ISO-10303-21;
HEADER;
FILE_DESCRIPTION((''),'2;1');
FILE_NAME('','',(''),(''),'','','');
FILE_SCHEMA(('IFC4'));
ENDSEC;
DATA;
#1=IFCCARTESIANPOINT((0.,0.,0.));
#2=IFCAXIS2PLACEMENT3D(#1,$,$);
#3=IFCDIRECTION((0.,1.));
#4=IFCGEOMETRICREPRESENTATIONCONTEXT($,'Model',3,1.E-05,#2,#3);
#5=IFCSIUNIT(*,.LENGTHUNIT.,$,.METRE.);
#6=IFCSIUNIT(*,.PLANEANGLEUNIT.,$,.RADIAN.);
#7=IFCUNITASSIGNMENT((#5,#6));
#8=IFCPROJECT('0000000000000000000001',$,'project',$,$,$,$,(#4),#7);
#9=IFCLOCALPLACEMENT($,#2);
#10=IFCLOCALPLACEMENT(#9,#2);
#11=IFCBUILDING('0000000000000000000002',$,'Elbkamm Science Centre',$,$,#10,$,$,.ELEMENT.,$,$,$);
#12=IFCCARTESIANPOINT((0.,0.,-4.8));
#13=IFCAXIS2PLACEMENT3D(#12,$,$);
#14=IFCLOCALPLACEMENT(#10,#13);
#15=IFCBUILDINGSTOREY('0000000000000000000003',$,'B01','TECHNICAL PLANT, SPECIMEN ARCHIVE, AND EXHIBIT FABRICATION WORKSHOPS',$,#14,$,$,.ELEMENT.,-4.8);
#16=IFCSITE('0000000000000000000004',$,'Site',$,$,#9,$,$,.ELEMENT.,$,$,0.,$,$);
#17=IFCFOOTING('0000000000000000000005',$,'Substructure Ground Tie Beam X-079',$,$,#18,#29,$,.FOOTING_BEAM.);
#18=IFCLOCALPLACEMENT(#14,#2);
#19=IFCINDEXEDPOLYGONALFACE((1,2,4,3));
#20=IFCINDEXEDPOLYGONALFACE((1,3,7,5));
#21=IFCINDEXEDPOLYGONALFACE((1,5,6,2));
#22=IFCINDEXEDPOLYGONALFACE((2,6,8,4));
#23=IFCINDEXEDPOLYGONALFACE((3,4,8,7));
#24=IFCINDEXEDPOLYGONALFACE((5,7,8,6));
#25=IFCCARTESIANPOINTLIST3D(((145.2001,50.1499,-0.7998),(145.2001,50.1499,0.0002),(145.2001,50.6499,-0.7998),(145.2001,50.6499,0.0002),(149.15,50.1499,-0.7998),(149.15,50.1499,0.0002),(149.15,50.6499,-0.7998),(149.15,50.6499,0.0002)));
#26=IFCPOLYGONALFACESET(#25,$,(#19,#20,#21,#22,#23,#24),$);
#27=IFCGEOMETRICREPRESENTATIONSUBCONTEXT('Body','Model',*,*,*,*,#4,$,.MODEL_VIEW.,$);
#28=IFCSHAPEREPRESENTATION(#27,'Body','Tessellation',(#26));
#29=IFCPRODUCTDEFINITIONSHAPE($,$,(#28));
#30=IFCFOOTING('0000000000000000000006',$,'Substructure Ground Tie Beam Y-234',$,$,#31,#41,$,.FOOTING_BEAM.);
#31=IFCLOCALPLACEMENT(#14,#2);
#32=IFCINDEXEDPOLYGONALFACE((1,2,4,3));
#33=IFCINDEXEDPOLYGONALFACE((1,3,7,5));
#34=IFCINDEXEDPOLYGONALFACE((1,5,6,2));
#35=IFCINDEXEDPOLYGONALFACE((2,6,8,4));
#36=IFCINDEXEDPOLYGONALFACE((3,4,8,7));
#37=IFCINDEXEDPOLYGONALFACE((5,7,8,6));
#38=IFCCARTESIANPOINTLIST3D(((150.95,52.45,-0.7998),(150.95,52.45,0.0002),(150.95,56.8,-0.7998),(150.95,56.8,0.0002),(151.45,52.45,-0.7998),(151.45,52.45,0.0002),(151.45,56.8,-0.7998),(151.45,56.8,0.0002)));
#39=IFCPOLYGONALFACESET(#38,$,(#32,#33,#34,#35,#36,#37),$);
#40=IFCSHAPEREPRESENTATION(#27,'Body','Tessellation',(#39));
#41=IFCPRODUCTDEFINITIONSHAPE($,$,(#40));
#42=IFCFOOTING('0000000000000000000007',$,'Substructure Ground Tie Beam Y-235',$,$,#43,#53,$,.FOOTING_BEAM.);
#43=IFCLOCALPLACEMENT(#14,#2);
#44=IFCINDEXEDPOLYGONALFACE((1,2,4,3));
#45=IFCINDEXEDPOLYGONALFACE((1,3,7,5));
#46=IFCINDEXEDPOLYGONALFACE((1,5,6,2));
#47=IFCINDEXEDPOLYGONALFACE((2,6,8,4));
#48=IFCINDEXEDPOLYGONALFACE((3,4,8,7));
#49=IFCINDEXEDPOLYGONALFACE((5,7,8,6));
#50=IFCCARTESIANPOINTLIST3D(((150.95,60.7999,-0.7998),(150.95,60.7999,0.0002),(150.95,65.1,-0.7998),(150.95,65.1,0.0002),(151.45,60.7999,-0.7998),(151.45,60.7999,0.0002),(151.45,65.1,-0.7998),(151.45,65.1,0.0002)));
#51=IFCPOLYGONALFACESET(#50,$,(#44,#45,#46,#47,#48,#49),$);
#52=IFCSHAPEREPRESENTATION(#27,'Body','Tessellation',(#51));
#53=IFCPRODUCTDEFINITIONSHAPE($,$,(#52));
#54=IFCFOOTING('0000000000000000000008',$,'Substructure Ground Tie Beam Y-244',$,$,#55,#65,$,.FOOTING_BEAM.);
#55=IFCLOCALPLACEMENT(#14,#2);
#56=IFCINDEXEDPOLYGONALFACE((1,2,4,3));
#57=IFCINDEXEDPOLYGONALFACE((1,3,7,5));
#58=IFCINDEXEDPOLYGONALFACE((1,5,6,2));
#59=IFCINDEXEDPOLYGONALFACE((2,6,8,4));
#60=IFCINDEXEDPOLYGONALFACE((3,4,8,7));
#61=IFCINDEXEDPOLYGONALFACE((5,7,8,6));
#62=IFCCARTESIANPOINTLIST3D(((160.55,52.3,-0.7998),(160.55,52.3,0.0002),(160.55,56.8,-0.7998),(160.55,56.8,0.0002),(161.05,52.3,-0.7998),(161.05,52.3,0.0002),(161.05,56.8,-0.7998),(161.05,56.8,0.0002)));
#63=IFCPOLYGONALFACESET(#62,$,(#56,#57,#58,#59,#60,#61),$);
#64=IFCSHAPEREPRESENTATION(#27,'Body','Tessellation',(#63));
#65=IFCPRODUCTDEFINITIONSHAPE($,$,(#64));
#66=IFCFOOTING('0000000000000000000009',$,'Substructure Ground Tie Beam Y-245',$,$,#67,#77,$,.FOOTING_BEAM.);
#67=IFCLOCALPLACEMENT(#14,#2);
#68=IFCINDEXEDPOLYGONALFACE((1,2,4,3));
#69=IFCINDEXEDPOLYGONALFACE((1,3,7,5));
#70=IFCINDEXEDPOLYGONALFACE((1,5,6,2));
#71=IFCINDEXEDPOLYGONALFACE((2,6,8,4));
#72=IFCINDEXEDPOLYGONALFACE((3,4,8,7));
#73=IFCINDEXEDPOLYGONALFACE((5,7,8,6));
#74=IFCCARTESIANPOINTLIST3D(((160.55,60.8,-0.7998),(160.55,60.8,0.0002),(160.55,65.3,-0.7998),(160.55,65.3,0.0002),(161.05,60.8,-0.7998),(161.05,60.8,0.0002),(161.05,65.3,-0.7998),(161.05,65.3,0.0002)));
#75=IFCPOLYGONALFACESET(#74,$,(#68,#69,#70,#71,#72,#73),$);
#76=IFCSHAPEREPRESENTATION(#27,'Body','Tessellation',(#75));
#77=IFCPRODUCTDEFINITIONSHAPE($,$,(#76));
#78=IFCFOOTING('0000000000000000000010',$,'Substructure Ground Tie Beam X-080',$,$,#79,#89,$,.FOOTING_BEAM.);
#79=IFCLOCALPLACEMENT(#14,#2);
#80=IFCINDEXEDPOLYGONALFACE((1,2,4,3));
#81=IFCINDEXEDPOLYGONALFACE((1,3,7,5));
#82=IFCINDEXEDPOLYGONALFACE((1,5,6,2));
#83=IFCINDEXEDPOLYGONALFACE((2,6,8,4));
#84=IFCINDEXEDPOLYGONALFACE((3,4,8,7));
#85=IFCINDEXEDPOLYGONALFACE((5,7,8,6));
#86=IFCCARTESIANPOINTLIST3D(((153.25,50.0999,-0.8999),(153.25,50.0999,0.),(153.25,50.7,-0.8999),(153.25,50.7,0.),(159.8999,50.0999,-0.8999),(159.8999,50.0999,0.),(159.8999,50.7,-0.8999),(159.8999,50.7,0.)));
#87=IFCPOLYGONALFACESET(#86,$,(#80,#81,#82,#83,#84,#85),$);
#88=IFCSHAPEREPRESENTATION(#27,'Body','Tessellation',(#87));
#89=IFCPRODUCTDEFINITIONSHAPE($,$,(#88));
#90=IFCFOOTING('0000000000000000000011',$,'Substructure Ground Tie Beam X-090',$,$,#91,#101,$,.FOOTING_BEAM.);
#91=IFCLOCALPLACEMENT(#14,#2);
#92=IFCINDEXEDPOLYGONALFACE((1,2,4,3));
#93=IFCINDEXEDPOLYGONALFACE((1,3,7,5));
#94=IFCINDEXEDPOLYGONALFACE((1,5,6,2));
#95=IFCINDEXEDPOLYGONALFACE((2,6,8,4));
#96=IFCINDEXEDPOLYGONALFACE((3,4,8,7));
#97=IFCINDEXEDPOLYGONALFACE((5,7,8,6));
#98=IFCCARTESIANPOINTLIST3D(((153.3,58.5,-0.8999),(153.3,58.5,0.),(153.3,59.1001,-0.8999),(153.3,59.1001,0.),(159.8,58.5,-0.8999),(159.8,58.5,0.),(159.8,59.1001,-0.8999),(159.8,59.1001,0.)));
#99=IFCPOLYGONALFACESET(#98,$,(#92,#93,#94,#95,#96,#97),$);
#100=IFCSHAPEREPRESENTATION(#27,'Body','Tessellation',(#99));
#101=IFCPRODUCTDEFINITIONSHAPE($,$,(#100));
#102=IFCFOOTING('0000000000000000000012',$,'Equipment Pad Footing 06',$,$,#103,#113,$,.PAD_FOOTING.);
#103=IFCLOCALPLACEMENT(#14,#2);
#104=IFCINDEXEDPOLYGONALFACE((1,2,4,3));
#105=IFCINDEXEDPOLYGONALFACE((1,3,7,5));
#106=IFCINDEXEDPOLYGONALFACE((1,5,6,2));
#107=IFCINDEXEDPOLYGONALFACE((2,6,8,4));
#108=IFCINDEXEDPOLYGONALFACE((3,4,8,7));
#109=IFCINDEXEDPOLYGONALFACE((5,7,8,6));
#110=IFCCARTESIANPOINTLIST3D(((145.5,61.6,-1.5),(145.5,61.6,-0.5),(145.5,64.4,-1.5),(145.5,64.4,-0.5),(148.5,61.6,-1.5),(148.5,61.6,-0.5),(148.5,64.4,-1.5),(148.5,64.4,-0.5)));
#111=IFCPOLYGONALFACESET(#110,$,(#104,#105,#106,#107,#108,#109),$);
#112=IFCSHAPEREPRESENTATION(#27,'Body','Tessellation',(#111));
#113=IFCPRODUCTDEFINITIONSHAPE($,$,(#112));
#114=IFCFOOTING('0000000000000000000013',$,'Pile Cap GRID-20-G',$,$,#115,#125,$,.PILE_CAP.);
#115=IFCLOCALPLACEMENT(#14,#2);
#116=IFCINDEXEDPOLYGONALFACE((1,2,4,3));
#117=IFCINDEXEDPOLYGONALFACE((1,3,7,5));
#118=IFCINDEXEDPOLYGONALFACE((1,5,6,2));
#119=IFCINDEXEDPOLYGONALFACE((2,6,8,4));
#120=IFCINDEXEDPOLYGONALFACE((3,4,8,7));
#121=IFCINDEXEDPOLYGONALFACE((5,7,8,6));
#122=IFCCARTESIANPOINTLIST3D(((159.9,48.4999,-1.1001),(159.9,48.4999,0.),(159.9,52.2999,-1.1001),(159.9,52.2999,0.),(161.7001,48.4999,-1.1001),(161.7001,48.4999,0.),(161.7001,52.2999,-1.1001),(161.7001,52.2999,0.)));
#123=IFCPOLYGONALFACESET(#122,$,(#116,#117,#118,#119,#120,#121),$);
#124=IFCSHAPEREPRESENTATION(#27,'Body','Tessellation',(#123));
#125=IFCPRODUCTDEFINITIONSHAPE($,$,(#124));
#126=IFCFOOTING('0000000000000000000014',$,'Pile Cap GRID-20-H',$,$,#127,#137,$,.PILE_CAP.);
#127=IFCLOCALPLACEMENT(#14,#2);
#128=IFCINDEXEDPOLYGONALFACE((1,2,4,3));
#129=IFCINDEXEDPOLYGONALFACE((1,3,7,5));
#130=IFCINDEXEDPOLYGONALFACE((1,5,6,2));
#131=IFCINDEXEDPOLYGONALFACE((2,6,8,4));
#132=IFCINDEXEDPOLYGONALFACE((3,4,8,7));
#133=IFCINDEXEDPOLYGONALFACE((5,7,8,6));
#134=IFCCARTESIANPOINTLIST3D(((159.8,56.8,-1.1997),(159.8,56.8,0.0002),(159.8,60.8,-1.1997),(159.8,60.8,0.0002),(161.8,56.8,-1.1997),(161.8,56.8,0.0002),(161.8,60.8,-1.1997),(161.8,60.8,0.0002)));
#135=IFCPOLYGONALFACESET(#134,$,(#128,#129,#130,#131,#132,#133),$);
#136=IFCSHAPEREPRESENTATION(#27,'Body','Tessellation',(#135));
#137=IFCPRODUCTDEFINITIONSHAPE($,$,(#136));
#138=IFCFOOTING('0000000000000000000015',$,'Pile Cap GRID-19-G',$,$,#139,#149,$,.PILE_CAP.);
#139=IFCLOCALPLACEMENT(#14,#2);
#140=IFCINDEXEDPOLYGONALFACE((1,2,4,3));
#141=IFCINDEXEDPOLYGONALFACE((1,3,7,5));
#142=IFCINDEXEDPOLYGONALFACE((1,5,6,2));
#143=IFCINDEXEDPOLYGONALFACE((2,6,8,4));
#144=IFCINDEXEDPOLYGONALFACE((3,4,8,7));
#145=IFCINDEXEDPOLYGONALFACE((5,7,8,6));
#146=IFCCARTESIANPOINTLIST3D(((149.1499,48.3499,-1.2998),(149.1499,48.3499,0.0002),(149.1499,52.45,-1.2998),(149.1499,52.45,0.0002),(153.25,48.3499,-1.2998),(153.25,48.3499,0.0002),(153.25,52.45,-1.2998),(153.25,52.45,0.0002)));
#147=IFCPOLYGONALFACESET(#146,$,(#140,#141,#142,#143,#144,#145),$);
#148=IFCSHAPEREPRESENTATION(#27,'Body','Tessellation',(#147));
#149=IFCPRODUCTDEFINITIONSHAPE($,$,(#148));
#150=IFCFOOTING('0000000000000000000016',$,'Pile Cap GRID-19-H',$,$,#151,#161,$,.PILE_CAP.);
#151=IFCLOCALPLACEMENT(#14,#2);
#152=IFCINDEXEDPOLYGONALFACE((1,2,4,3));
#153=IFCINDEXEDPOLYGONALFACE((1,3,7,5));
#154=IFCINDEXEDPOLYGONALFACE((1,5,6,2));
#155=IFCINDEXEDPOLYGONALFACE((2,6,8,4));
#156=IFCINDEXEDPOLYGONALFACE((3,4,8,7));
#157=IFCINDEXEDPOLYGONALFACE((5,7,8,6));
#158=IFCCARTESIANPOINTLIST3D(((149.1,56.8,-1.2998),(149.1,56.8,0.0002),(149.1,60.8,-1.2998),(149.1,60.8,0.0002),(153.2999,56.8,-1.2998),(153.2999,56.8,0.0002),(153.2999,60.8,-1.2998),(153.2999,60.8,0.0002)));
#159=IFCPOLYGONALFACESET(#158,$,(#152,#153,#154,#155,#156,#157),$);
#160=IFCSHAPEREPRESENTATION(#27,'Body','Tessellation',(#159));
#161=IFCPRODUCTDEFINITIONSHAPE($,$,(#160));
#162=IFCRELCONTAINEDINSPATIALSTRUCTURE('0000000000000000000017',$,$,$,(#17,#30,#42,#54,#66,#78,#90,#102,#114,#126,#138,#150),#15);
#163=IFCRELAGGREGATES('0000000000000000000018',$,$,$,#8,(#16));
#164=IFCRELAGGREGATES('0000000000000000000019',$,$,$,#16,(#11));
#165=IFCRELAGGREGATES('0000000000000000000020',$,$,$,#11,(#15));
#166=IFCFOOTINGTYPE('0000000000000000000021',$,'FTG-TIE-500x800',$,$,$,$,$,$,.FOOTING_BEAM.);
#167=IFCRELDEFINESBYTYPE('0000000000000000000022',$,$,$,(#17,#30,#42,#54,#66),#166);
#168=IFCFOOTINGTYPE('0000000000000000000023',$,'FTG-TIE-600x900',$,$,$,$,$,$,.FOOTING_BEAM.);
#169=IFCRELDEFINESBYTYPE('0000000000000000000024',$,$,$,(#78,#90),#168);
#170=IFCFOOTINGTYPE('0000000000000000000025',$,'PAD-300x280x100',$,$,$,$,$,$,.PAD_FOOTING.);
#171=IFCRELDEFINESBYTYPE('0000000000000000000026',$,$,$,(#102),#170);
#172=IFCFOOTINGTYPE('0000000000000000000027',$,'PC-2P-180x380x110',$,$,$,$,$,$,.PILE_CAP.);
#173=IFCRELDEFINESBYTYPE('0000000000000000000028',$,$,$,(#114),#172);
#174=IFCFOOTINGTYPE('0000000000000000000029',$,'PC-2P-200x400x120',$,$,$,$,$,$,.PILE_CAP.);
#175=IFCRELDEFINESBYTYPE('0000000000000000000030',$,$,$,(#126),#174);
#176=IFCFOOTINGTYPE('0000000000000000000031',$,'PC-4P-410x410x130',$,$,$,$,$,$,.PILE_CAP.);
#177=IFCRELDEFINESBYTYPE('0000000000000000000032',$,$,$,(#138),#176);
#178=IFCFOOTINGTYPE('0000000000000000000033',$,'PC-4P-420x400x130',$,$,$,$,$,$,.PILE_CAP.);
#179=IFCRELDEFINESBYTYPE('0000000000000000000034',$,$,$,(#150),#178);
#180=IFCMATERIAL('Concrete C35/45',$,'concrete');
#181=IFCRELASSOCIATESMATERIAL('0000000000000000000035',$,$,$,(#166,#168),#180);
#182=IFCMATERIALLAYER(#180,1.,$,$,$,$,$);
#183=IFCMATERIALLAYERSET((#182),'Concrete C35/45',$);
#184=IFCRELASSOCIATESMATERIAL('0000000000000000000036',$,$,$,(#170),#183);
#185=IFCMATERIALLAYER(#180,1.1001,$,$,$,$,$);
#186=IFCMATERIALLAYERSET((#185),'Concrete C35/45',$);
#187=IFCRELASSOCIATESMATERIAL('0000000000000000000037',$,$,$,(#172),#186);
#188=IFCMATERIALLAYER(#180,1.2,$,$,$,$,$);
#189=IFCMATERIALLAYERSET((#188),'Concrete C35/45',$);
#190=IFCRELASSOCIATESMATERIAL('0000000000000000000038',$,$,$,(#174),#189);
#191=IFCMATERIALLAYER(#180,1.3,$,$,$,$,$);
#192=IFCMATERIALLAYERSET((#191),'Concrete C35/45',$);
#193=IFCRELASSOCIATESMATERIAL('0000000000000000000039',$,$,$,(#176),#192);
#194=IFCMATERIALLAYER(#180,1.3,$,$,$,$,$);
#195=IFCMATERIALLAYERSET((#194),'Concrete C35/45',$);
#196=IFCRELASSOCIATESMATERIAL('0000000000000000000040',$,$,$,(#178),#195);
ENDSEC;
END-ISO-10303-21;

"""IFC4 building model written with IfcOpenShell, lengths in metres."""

from ifc_helpers import new_model, si_unit, direction, frame, origin, origin_2d, place, context, subcontext, project, spatial, rectangle, extrude, material, layer, layer_set, type_object, element, save


model = new_model("IFC4")

# Units and contexts
model_context = context("Model", 3, precision=1e-05, world=origin(), true_north=direction((0.0, 1.0)))
body_context = subcontext(model_context, "Body", "Model", "MODEL_VIEW")
ifc_project = project(units=[si_unit("LENGTHUNIT", "METRE"), si_unit("PLANEANGLEUNIT", "RADIAN")], contexts=[model_context])

# Site, building, storey
site_placement = place(None, origin())
site = spatial("IfcSite", under=ifc_project, at=site_placement, Name="Site", CompositionType="ELEMENT", RefElevation=0.0)
building_placement = place(site_placement, origin())
building = spatial("IfcBuilding", under=site, at=building_placement, Name="Elbkamm Science Centre", CompositionType="ELEMENT")
storey_placement = place(building_placement, frame((0.0, 0.0, -4.8)))
storey = spatial("IfcBuildingStorey", under=building, at=storey_placement, Name="B01", Description="TECHNICAL PLANT, SPECIMEN ARCHIVE, AND EXHIBIT FABRICATION WORKSHOPS", CompositionType="ELEMENT", Elevation=-4.8)

# Footings
ifc_material_1 = material(Name="Concrete C35/45", Category="concrete")
footing_type_1 = type_object("IfcFootingType", Name="FTG-TIE-500x800", PredefinedType="FOOTING_BEAM", material=ifc_material_1)
footing_1_placement = place(storey_placement, frame((147.175, 50.3999, -0.7998), z_axis=(0.0, 0.0, 1.0), x_axis=(1.0, 0.0, 0.0)))
element("IfcFooting", 1, at=footing_1_placement, inside=storey, type_object=footing_type_1, Name="Substructure Ground Tie Beam X-079", PredefinedType="FOOTING_BEAM", context=body_context, shape_type="SweptSolid", body=[
    extrude(rectangle(XDim=3.95, YDim=0.5, at=origin_2d()), origin(), (0.0, 0.0, 1.0), 0.8),
])
footing_2_placement = place(storey_placement, frame((151.2, 54.625, -0.7998), z_axis=(0.0, 0.0, 1.0), x_axis=(1.0, 0.0, 0.0)))
element("IfcFooting", 2, at=footing_2_placement, inside=storey, type_object=footing_type_1, Name="Substructure Ground Tie Beam Y-234", PredefinedType="FOOTING_BEAM", context=body_context, shape_type="SweptSolid", body=[
    extrude(rectangle(XDim=0.5, YDim=4.3501, at=origin_2d()), origin(), (0.0, 0.0, 1.0), 0.8),
])
footing_3_placement = place(storey_placement, frame((151.2, 62.95, -0.7998), z_axis=(0.0, 0.0, 1.0), x_axis=(1.0, 0.0, 0.0)))
element("IfcFooting", 3, at=footing_3_placement, inside=storey, type_object=footing_type_1, Name="Substructure Ground Tie Beam Y-235", PredefinedType="FOOTING_BEAM", context=body_context, shape_type="SweptSolid", body=[
    extrude(rectangle(XDim=0.5, YDim=4.3, at=origin_2d()), origin(), (0.0, 0.0, 1.0), 0.8),
])
for number, where, z_axis, x_axis, name in (
    (4, (160.8, 54.55, -0.7998), (0.0, 0.0, 1.0), (1.0, 0.0, 0.0), "Substructure Ground Tie Beam Y-244"),
    (5, (160.8, 63.05, -0.7998), (0.0, 0.0, 1.0), (1.0, 0.0, 0.0), "Substructure Ground Tie Beam Y-245"),
):
    element("IfcFooting", number, at=place(storey_placement, frame(where, z_axis=z_axis, x_axis=x_axis)), inside=storey, type_object=footing_type_1, Name=name, PredefinedType="FOOTING_BEAM", context=body_context, shape_type="SweptSolid", body=[
        extrude(rectangle(XDim=0.5, YDim=4.5, at=origin_2d()), origin(), (0.0, 0.0, 1.0), 0.8),
    ])
footing_type_2 = type_object("IfcFootingType", Name="FTG-TIE-600x900", PredefinedType="FOOTING_BEAM", material=ifc_material_1)
footing_4_placement = place(storey_placement, frame((156.575, 50.3999, -0.8999), z_axis=(0.0, 0.0, 1.0), x_axis=(1.0, 0.0, 0.0)))
element("IfcFooting", 6, at=footing_4_placement, inside=storey, type_object=footing_type_2, Name="Substructure Ground Tie Beam X-080", PredefinedType="FOOTING_BEAM", context=body_context, shape_type="SweptSolid", body=[
    extrude(rectangle(XDim=6.6499, YDim=0.6001, at=origin_2d()), origin(), (0.0, 0.0, 1.0), 0.8999),
])
footing_5_placement = place(storey_placement, frame((156.55, 58.8, -0.8999), z_axis=(0.0, 0.0, 1.0), x_axis=(1.0, 0.0, 0.0)))
element("IfcFooting", 7, at=footing_5_placement, inside=storey, type_object=footing_type_2, Name="Substructure Ground Tie Beam X-090", PredefinedType="FOOTING_BEAM", context=body_context, shape_type="SweptSolid", body=[
    extrude(rectangle(XDim=6.5, YDim=0.6001, at=origin_2d()), origin(), (0.0, 0.0, 1.0), 0.8999),
])
ifc_layer_1 = layer(ifc_material_1, 1.0)
ifc_layer_set_1 = layer_set([ifc_layer_1], Name="Concrete C35/45")
footing_type_3 = type_object("IfcFootingType", Name="PAD-300x280x100", PredefinedType="PAD_FOOTING", material=ifc_layer_set_1)
footing_6_placement = place(storey_placement, frame((147.0, 63.0, -1.5), z_axis=(0.0, 0.0, 1.0), x_axis=(1.0, 0.0, 0.0)))
element("IfcFooting", 8, at=footing_6_placement, inside=storey, type_object=footing_type_3, Name="Equipment Pad Footing 06", PredefinedType="PAD_FOOTING", context=body_context, shape_type="SweptSolid", body=[
    extrude(rectangle(XDim=3.0, YDim=2.8, at=origin_2d()), origin(), (0.0, 0.0, 1.0), 1.0),
])
ifc_layer_2 = layer(ifc_material_1, 1.1001)
ifc_layer_set_2 = layer_set([ifc_layer_2], Name="Concrete C35/45")
footing_type_4 = type_object("IfcFootingType", Name="PC-2P-180x380x110", PredefinedType="PILE_CAP", material=ifc_layer_set_2)
footing_7_placement = place(storey_placement, frame((160.8, 50.3999, -1.1001), z_axis=(0.0, 0.0, 1.0), x_axis=(1.0, 0.0, 0.0)))
element("IfcFooting", 9, at=footing_7_placement, inside=storey, type_object=footing_type_4, Name="Pile Cap GRID-20-G", PredefinedType="PILE_CAP", context=body_context, shape_type="SweptSolid", body=[
    extrude(rectangle(XDim=1.8, YDim=3.8, at=origin_2d()), origin(), (0.0, 0.0, 1.0), 1.1001),
])
ifc_layer_3 = layer(ifc_material_1, 1.2)
ifc_layer_set_3 = layer_set([ifc_layer_3], Name="Concrete C35/45")
footing_type_5 = type_object("IfcFootingType", Name="PC-2P-200x400x120", PredefinedType="PILE_CAP", material=ifc_layer_set_3)
footing_8_placement = place(storey_placement, frame((160.8, 58.8, -1.1997), z_axis=(0.0, 0.0, 1.0), x_axis=(1.0, 0.0, 0.0)))
element("IfcFooting", 10, at=footing_8_placement, inside=storey, type_object=footing_type_5, Name="Pile Cap GRID-20-H", PredefinedType="PILE_CAP", context=body_context, shape_type="SweptSolid", body=[
    extrude(rectangle(XDim=2.0, YDim=4.0, at=origin_2d()), origin(), (0.0, 0.0, 1.0), 1.2),
])
ifc_layer_4 = layer(ifc_material_1, 1.3)
ifc_layer_set_4 = layer_set([ifc_layer_4], Name="Concrete C35/45")
footing_type_6 = type_object("IfcFootingType", Name="PC-4P-410x410x130", PredefinedType="PILE_CAP", material=ifc_layer_set_4)
footing_9_placement = place(storey_placement, frame((151.2, 50.3999, -1.2998), z_axis=(0.0, 0.0, 1.0), x_axis=(1.0, 0.0, 0.0)))
element("IfcFooting", 11, at=footing_9_placement, inside=storey, type_object=footing_type_6, Name="Pile Cap GRID-19-G", PredefinedType="PILE_CAP", context=body_context, shape_type="SweptSolid", body=[
    extrude(rectangle(XDim=4.1001, YDim=4.1001, at=origin_2d()), origin(), (0.0, 0.0, 1.0), 1.3),
])
ifc_layer_5 = layer(ifc_material_1, 1.3)
ifc_layer_set_5 = layer_set([ifc_layer_5], Name="Concrete C35/45")
footing_type_7 = type_object("IfcFootingType", Name="PC-4P-420x400x130", PredefinedType="PILE_CAP", material=ifc_layer_set_5)
footing_10_placement = place(storey_placement, frame((151.2, 58.8, -1.2998), z_axis=(0.0, 0.0, 1.0), x_axis=(1.0, 0.0, 0.0)))
element("IfcFooting", 12, at=footing_10_placement, inside=storey, type_object=footing_type_7, Name="Pile Cap GRID-19-H", PredefinedType="PILE_CAP", context=body_context, shape_type="SweptSolid", body=[
    extrude(rectangle(XDim=4.2, YDim=4.0, at=origin_2d()), origin(), (0.0, 0.0, 1.0), 1.3),
])

save(model, "model.ifc")
